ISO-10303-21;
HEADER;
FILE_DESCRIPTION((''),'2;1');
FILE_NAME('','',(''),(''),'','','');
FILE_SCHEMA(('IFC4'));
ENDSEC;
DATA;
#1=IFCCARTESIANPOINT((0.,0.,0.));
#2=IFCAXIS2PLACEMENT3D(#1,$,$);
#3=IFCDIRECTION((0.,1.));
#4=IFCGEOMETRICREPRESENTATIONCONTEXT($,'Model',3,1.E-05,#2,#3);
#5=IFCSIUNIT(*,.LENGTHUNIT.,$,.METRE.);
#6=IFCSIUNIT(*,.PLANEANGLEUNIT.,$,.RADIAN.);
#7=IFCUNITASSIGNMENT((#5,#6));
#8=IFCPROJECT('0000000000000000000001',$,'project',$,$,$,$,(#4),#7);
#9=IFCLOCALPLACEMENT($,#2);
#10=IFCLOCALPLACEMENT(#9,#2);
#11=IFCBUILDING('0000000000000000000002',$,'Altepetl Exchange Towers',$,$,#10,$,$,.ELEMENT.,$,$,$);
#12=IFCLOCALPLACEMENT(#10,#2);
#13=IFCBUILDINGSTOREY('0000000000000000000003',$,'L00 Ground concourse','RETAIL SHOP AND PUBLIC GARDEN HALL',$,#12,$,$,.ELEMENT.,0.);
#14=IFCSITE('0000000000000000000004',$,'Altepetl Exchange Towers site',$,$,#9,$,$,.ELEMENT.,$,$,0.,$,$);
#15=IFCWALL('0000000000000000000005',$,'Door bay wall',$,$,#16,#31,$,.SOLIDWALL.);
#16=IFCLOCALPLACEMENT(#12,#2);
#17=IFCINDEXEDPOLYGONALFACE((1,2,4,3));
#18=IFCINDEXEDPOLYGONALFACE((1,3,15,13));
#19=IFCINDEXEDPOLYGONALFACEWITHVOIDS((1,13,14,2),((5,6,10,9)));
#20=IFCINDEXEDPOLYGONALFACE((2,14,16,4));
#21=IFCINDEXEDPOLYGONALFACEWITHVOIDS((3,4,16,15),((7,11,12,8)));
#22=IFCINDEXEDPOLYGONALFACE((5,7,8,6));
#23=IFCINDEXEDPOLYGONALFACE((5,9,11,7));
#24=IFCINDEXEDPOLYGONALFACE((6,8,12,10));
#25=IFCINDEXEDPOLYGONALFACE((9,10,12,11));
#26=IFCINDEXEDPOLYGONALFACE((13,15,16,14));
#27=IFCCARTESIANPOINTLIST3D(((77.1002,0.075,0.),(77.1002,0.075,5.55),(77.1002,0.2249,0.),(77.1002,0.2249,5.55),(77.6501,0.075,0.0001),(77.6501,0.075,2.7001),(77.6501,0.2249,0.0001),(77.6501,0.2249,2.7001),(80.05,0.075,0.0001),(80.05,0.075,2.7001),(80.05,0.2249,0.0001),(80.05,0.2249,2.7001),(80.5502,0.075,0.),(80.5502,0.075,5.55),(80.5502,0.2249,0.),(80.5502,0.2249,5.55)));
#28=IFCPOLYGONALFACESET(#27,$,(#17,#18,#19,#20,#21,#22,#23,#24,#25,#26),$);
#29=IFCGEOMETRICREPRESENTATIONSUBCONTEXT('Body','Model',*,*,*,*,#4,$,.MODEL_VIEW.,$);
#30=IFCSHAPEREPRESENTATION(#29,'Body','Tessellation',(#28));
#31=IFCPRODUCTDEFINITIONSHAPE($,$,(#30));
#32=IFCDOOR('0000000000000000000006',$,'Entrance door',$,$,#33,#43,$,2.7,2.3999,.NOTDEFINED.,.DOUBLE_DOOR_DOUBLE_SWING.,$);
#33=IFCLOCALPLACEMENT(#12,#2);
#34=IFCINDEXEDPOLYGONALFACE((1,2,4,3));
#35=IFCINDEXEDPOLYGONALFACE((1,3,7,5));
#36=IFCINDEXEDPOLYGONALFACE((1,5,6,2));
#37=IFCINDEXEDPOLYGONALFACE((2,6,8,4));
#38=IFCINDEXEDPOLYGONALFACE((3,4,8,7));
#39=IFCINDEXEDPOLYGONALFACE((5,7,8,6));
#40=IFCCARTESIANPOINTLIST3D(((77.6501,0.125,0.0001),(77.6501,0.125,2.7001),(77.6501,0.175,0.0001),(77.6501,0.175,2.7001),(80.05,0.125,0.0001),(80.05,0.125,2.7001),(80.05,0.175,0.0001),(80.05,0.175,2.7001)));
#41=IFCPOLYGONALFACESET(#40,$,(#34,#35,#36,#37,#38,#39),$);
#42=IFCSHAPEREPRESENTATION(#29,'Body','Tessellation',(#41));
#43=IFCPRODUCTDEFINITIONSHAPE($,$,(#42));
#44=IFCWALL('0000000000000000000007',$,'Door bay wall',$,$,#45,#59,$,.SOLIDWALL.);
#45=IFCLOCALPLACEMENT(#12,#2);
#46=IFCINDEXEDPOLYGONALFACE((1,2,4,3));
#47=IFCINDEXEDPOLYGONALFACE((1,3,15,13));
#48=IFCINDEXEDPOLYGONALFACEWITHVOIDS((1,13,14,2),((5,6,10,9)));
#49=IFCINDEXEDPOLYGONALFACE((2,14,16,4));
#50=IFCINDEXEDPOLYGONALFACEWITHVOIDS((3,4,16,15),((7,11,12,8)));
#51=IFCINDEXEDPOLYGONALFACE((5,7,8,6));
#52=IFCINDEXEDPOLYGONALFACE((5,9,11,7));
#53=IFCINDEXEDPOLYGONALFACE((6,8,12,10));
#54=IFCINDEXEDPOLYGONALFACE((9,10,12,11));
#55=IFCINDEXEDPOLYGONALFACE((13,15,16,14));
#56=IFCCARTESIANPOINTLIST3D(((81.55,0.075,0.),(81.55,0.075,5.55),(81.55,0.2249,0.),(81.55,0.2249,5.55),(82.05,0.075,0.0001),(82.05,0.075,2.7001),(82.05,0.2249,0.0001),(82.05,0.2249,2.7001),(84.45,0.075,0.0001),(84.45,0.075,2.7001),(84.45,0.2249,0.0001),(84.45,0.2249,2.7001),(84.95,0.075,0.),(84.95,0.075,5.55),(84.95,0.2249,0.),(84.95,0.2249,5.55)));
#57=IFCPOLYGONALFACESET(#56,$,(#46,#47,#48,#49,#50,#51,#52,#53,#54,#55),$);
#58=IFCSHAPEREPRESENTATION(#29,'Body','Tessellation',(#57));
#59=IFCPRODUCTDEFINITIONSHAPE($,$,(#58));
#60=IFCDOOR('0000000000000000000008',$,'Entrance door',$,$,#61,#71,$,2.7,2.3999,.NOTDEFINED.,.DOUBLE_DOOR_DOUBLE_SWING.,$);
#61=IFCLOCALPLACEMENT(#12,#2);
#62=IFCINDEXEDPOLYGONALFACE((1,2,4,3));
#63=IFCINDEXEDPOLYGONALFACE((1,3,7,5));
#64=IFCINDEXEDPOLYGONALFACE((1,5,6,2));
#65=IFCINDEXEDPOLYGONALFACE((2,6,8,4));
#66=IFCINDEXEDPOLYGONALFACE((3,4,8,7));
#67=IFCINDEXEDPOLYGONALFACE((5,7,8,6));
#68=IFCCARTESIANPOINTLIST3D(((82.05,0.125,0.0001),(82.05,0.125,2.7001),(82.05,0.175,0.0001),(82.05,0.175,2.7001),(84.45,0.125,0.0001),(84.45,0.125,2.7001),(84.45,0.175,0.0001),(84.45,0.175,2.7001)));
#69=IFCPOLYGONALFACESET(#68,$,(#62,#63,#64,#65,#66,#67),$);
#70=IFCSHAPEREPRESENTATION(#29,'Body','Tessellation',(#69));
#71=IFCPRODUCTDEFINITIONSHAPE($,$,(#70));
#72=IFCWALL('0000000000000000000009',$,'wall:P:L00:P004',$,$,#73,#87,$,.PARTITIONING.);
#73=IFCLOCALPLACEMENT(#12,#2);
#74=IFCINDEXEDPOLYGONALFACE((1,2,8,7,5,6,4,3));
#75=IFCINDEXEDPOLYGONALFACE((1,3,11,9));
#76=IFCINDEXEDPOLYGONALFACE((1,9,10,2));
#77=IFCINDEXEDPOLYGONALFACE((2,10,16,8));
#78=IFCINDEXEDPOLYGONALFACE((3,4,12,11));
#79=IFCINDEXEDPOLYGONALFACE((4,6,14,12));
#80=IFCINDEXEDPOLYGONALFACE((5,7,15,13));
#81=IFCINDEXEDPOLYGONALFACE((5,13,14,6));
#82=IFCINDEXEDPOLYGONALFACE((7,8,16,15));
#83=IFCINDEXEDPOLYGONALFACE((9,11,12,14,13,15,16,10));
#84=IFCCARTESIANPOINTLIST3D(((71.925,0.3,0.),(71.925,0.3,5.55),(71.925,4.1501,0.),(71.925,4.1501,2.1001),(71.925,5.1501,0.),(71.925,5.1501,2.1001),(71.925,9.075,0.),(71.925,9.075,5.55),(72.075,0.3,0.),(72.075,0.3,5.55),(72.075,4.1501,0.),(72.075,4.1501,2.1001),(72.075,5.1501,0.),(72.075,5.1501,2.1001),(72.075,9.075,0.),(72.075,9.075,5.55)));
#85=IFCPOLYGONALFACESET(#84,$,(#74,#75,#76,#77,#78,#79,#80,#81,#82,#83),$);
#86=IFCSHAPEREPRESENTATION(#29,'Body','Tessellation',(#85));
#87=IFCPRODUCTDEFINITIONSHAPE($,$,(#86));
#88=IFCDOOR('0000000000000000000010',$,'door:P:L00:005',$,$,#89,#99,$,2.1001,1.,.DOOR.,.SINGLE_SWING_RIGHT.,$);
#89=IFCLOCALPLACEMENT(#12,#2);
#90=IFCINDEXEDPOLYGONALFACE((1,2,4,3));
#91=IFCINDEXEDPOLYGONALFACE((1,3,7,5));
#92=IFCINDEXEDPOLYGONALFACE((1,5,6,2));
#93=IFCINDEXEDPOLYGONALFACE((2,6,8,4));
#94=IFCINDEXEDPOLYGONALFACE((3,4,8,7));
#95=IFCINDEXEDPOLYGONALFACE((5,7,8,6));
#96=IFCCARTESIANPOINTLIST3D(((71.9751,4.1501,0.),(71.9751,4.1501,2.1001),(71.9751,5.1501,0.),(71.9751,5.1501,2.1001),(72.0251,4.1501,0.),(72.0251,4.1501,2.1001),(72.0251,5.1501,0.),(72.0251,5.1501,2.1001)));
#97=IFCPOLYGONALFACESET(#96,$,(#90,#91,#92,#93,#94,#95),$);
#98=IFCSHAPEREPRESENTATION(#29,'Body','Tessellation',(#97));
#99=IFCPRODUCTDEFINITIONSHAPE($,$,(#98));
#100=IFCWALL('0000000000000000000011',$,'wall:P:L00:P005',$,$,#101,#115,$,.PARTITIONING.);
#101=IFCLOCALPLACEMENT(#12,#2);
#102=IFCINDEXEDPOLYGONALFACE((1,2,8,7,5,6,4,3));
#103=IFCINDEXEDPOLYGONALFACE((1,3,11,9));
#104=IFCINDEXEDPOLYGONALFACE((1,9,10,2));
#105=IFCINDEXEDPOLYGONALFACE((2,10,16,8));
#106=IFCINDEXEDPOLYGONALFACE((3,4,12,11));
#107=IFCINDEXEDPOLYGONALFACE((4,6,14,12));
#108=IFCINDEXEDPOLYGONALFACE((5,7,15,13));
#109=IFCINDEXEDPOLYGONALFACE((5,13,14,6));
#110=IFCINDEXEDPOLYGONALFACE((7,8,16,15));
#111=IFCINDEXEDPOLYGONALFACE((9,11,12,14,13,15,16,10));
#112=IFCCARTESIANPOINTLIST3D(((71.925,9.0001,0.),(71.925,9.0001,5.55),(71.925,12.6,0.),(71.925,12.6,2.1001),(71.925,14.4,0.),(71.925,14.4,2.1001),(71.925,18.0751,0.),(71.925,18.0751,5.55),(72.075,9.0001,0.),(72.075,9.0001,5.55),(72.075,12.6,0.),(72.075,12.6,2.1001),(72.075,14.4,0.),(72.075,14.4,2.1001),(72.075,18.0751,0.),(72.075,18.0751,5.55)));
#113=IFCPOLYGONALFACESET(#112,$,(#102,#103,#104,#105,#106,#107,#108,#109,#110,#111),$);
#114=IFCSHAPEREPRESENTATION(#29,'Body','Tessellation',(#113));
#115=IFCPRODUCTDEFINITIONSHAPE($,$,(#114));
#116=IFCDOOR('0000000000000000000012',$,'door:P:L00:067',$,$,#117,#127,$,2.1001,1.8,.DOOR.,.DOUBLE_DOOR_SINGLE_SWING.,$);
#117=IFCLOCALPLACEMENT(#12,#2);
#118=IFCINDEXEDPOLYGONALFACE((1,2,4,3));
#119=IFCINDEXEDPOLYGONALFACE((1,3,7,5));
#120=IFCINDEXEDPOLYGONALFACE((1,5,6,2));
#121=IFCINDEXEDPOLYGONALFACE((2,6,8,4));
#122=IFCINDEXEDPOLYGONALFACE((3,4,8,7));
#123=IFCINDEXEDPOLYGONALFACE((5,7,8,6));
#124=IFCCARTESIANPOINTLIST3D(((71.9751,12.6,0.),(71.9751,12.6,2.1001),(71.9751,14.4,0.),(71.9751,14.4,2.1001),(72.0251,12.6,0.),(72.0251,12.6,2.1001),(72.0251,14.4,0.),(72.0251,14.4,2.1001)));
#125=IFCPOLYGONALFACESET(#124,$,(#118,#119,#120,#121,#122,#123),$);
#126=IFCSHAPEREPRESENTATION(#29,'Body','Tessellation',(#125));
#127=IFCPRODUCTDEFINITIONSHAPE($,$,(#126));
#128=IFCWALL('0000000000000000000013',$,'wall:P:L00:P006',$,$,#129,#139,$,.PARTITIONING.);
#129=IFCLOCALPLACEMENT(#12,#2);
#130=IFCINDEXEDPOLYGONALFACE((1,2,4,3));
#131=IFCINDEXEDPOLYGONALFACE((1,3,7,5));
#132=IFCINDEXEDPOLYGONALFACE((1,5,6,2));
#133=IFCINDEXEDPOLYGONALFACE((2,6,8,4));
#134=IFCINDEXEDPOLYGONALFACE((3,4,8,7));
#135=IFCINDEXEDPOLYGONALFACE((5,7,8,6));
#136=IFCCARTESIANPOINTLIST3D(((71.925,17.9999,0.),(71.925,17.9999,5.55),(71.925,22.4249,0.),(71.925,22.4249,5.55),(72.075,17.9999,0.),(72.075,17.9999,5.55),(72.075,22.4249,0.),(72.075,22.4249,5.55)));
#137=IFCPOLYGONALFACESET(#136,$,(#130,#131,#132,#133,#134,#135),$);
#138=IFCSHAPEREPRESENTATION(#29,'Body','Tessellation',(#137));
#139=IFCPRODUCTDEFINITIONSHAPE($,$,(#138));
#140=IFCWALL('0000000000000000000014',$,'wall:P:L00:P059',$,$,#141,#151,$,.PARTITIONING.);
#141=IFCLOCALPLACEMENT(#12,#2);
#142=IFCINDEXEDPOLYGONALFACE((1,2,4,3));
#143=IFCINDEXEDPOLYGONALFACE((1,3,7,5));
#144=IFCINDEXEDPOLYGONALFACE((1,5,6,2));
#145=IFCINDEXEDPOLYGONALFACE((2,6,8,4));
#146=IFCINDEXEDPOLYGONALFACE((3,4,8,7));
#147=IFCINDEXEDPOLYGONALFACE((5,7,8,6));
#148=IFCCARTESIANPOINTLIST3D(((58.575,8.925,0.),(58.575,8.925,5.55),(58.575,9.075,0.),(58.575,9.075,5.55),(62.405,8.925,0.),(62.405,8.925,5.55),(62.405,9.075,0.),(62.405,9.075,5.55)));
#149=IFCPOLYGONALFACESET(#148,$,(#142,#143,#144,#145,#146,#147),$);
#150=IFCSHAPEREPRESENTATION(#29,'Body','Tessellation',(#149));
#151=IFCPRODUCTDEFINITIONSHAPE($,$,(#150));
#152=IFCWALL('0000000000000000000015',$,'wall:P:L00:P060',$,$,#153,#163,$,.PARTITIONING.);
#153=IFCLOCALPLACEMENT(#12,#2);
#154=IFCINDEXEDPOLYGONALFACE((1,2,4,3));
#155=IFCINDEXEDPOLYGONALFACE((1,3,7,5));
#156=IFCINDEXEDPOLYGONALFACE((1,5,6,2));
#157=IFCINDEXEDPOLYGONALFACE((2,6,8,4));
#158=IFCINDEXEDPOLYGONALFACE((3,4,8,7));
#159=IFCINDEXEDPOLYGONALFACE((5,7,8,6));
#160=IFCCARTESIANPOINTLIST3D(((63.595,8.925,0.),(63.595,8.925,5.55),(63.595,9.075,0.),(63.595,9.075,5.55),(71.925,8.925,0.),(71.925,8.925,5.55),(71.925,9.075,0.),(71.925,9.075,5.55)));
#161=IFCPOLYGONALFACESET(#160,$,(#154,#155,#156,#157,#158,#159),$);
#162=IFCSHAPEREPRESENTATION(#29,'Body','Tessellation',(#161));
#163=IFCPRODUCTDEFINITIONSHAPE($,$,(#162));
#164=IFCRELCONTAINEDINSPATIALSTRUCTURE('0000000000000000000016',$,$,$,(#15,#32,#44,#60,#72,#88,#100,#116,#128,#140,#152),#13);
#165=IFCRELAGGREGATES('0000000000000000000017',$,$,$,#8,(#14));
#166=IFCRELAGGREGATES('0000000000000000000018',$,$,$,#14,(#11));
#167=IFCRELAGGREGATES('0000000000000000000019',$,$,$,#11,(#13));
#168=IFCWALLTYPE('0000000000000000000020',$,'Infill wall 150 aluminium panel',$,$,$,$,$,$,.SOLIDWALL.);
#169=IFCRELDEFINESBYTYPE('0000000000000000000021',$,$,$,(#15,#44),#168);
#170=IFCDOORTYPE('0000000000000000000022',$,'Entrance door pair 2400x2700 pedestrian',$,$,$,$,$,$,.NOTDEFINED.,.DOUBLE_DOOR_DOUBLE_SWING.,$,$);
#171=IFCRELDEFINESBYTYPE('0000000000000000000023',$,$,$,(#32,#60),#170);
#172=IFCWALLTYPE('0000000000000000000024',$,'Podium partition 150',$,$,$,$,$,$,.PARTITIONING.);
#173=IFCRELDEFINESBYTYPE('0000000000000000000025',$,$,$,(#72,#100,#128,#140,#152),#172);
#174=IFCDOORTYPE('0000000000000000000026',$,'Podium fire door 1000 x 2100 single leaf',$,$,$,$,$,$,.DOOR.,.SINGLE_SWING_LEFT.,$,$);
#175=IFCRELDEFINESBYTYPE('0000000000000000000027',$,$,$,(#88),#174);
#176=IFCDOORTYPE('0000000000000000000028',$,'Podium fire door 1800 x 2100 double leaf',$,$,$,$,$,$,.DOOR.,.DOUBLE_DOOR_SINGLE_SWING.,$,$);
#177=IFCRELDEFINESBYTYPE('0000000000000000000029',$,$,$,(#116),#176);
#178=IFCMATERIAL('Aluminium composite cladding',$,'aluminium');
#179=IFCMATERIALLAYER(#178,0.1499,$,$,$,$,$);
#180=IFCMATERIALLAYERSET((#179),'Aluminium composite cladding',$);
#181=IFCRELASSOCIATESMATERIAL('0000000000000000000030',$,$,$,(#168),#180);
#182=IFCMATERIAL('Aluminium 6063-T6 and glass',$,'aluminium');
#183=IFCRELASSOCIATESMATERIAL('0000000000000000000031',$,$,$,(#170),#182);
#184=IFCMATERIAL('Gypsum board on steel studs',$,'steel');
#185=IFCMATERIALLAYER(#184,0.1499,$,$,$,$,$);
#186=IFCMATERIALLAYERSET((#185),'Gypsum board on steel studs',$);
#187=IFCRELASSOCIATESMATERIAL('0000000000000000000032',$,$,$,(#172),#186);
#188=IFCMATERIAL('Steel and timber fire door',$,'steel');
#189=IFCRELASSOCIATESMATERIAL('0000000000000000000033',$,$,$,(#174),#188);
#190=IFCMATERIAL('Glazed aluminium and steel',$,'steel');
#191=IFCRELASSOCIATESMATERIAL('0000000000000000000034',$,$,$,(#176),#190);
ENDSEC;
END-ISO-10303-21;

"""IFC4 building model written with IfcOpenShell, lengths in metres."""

from ifc_helpers import new_model, si_unit, direction, frame, frame_2d, origin, place, context, subcontext, project, spatial, rectangle, extrude, material, layer, layer_set, type_object, element, fill, save


model = new_model("IFC4")

# Units and contexts
model_context = context("Model", 3, precision=1e-05, world=origin(), true_north=direction((0.0, 1.0)))
body_context = subcontext(model_context, "Body", "Model", "MODEL_VIEW")
ifc_project = project(units=[si_unit("LENGTHUNIT", "METRE"), si_unit("PLANEANGLEUNIT", "RADIAN")], contexts=[model_context])

# Site, building, storey
site_placement = place(None, origin())
site = spatial("IfcSite", under=ifc_project, at=site_placement, Name="Altepetl Exchange Towers site", CompositionType="ELEMENT", RefElevation=0.0)
building_placement = place(site_placement, origin())
building = spatial("IfcBuilding", under=site, at=building_placement, Name="Altepetl Exchange Towers", CompositionType="ELEMENT")
storey_placement = place(building_placement, origin())
storey = spatial("IfcBuildingStorey", under=building, at=storey_placement, Name="L00 Ground concourse", Description="RETAIL SHOP AND PUBLIC GARDEN HALL", CompositionType="ELEMENT", Elevation=0.0)

# Walls, openings, doors
ifc_material_1 = material(Name="Aluminium composite cladding", Category="aluminium")
ifc_layer_1 = layer(ifc_material_1, 0.1499)
ifc_layer_set_1 = layer_set([ifc_layer_1], Name="Aluminium composite cladding")
wall_type_1 = type_object("IfcWallType", Name="Infill wall 150 aluminium panel", PredefinedType="SOLIDWALL", material=ifc_layer_set_1)
ifc_material_2 = material(Name="Aluminium 6063-T6 and glass", Category="aluminium")
door_type_1 = type_object("IfcDoorType", Name="Entrance door pair 2400x2700 pedestrian", OperationType="DOUBLE_DOOR_DOUBLE_SWING", PredefinedType="NOTDEFINED", material=ifc_material_2)
wall_1_placement = place(storey_placement, frame((77.1001, 0.1499, 0.0)))
wall_1 = element("IfcWall", 1, at=wall_1_placement, inside=storey, type_object=wall_type_1, Name="Door bay wall", PredefinedType="SOLIDWALL", context=body_context, shape_type="SweptSolid", body=[
    extrude(rectangle(XDim=3.45, YDim=0.1499, at=frame_2d((1.7251, 0.0))), origin(), (0.0, 0.0, 1.0), 5.55),
])
opening_1_placement = place(wall_1_placement, frame((0.55, 0.0, 0.0)))
opening_1 = element("IfcOpeningElement", 2, at=opening_1_placement, cuts=wall_1, PredefinedType="OPENING", context=body_context, shape_type="SweptSolid", body=[
    extrude(rectangle(XDim=2.3999, YDim=2.7, at=frame_2d((1.2, 1.3501))), frame((0.0, 0.085, 0.0), z_axis=(0.0, -1.0, 0.0), x_axis=(1.0, 0.0, 0.0)), (0.0, 0.0, 1.0), 0.1699),
])
door_1_placement = place(opening_1_placement, frame((2.3999, 0.0, 0.0), x_axis=(-1.0, 0.0, 0.0)))
door_1 = element("IfcDoor", 3, at=door_1_placement, inside=storey, type_object=door_type_1, Name="Entrance door", OperationType="DOUBLE_DOOR_DOUBLE_SWING", OverallHeight=2.7, OverallWidth=2.3999, PredefinedType="NOTDEFINED", context=body_context, shape_type="SweptSolid", body=[
    extrude(rectangle(XDim=2.3999, YDim=2.7, at=frame_2d((1.2, 1.3501))), frame((0.0, 0.0249, 0.0), z_axis=(0.0, -1.0, 0.0), x_axis=(1.0, 0.0, 0.0)), (0.0, 0.0, 1.0), 0.05),
])
fill(opening_1, door_1)
wall_2_placement = place(storey_placement, frame((81.55, 0.1499, 0.0)))
wall_2 = element("IfcWall", 4, at=wall_2_placement, inside=storey, type_object=wall_type_1, Name="Door bay wall", PredefinedType="SOLIDWALL", context=body_context, shape_type="SweptSolid", body=[
    extrude(rectangle(XDim=3.3999, YDim=0.1499, at=frame_2d((1.7, 0.0))), origin(), (0.0, 0.0, 1.0), 5.55),
])
opening_2_placement = place(wall_2_placement, frame((0.5, 0.0, 0.0)))
opening_2 = element("IfcOpeningElement", 5, at=opening_2_placement, cuts=wall_2, PredefinedType="OPENING", context=body_context, shape_type="SweptSolid", body=[
    extrude(rectangle(XDim=2.3999, YDim=2.7, at=frame_2d((1.2, 1.3501))), frame((0.0, 0.085, 0.0), z_axis=(0.0, -1.0, 0.0), x_axis=(1.0, 0.0, 0.0)), (0.0, 0.0, 1.0), 0.1699),
])
door_2_placement = place(opening_2_placement, frame((2.3999, 0.0, 0.0), x_axis=(-1.0, 0.0, 0.0)))
door_2 = element("IfcDoor", 6, at=door_2_placement, inside=storey, type_object=door_type_1, Name="Entrance door", OperationType="DOUBLE_DOOR_DOUBLE_SWING", OverallHeight=2.7, OverallWidth=2.3999, PredefinedType="NOTDEFINED", context=body_context, shape_type="SweptSolid", body=[
    extrude(rectangle(XDim=2.3999, YDim=2.7, at=frame_2d((1.2, 1.3501))), frame((0.0, 0.0249, 0.0), z_axis=(0.0, -1.0, 0.0), x_axis=(1.0, 0.0, 0.0)), (0.0, 0.0, 1.0), 0.05),
])
fill(opening_2, door_2)
ifc_material_3 = material(Name="Gypsum board on steel studs", Category="steel")
ifc_layer_2 = layer(ifc_material_3, 0.1499)
ifc_layer_set_2 = layer_set([ifc_layer_2], Name="Gypsum board on steel studs")
wall_type_2 = type_object("IfcWallType", Name="Podium partition 150", PredefinedType="PARTITIONING", material=ifc_layer_set_2)
wall_3_placement = place(storey_placement, frame((72.0, 0.3, 0.0), z_axis=(0.0, 0.0, 1.0), x_axis=(0.0, 1.0, 0.0)))
wall_3 = element("IfcWall", 7, at=wall_3_placement, inside=storey, type_object=wall_type_2, Name="wall:P:L00:P004", PredefinedType="PARTITIONING", context=body_context, shape_type="SweptSolid", body=[
    extrude(rectangle(XDim=8.7749, YDim=0.1499, at=frame_2d((4.3875, 0.0))), origin(), (0.0, 0.0, 1.0), 5.55),
])
opening_3_placement = place(wall_3_placement, frame((3.8501, 0.0, 0.0)))
opening_3 = element("IfcOpeningElement", 8, at=opening_3_placement, cuts=wall_3, PredefinedType="OPENING", context=body_context, shape_type="SweptSolid", body=[
    extrude(rectangle(XDim=1.0, YDim=2.1001, at=frame_2d((0.5, 1.05))), frame((0.0, 0.085, 0.0), z_axis=(0.0, -1.0, 0.0), x_axis=(1.0, 0.0, 0.0)), (0.0, 0.0, 1.0), 0.1699),
])
ifc_material_4 = material(Name="Steel and timber fire door", Category="steel")
door_type_2 = type_object("IfcDoorType", Name="Podium fire door 1000 x 2100 single leaf", OperationType="SINGLE_SWING_LEFT", PredefinedType="DOOR", material=ifc_material_4)
door_3_placement = place(opening_3_placement, origin())
door_3 = element("IfcDoor", 9, at=door_3_placement, inside=storey, type_object=door_type_2, Name="door:P:L00:005", OperationType="SINGLE_SWING_RIGHT", OverallHeight=2.1001, OverallWidth=1.0, PredefinedType="DOOR", context=body_context, shape_type="SweptSolid", body=[
    extrude(rectangle(XDim=1.0, YDim=2.1001, at=frame_2d((0.5, 1.05))), frame((0.0, 0.0249, 0.0), z_axis=(0.0, -1.0, 0.0), x_axis=(1.0, 0.0, 0.0)), (0.0, 0.0, 1.0), 0.05),
])
fill(opening_3, door_3)
wall_4_placement = place(storey_placement, frame((72.0, 9.0, 0.0), z_axis=(0.0, 0.0, 1.0), x_axis=(0.0, 1.0, 0.0)))
wall_4 = element("IfcWall", 10, at=wall_4_placement, inside=storey, type_object=wall_type_2, Name="wall:P:L00:P005", PredefinedType="PARTITIONING", context=body_context, shape_type="SweptSolid", body=[
    extrude(rectangle(XDim=9.075, YDim=0.1499, at=frame_2d((4.5376, 0.0))), origin(), (0.0, 0.0, 1.0), 5.55),
])
opening_4_placement = place(wall_4_placement, frame((3.6001, 0.0, 0.0)))
opening_4 = element("IfcOpeningElement", 11, at=opening_4_placement, cuts=wall_4, PredefinedType="OPENING", context=body_context, shape_type="SweptSolid", body=[
    extrude(rectangle(XDim=1.8, YDim=2.1001, at=frame_2d((0.8999, 1.05))), frame((0.0, 0.085, 0.0), z_axis=(0.0, -1.0, 0.0), x_axis=(1.0, 0.0, 0.0)), (0.0, 0.0, 1.0), 0.1699),
])
ifc_material_5 = material(Name="Glazed aluminium and steel", Category="steel")
door_type_3 = type_object("IfcDoorType", Name="Podium fire door 1800 x 2100 double leaf", OperationType="DOUBLE_DOOR_SINGLE_SWING", PredefinedType="DOOR", material=ifc_material_5)
door_4_placement = place(opening_4_placement, origin())
door_4 = element("IfcDoor", 12, at=door_4_placement, inside=storey, type_object=door_type_3, Name="door:P:L00:067", OperationType="DOUBLE_DOOR_SINGLE_SWING", OverallHeight=2.1001, OverallWidth=1.8, PredefinedType="DOOR", context=body_context, shape_type="SweptSolid", body=[
    extrude(rectangle(XDim=1.8, YDim=2.1001, at=frame_2d((0.8999, 1.05))), frame((0.0, 0.0249, 0.0), z_axis=(0.0, -1.0, 0.0), x_axis=(1.0, 0.0, 0.0)), (0.0, 0.0, 1.0), 0.05),
])
fill(opening_4, door_4)

# Walls
wall_5_placement = place(storey_placement, frame((72.0, 18.0, 0.0), z_axis=(0.0, 0.0, 1.0), x_axis=(0.0, 1.0, 0.0)))
element("IfcWall", 13, at=wall_5_placement, inside=storey, type_object=wall_type_2, Name="wall:P:L00:P006", PredefinedType="PARTITIONING", context=body_context, shape_type="SweptSolid", body=[
    extrude(rectangle(XDim=4.425, YDim=0.1499, at=frame_2d((2.2124, 0.0))), origin(), (0.0, 0.0, 1.0), 5.55),
])
wall_6_placement = place(storey_placement, frame((58.575, 9.0, 0.0)))
element("IfcWall", 14, at=wall_6_placement, inside=storey, type_object=wall_type_2, Name="wall:P:L00:P059", PredefinedType="PARTITIONING", context=body_context, shape_type="SweptSolid", body=[
    extrude(rectangle(XDim=3.8301, YDim=0.1499, at=frame_2d((1.915, 0.0))), origin(), (0.0, 0.0, 1.0), 5.55),
])
wall_7_placement = place(storey_placement, frame((63.595, 9.0, 0.0)))
element("IfcWall", 15, at=wall_7_placement, inside=storey, type_object=wall_type_2, Name="wall:P:L00:P060", PredefinedType="PARTITIONING", context=body_context, shape_type="SweptSolid", body=[
    extrude(rectangle(XDim=8.3301, YDim=0.1499, at=frame_2d((4.165, 0.0))), origin(), (0.0, 0.0, 1.0), 5.55),
])

save(model, "model.ifc")
